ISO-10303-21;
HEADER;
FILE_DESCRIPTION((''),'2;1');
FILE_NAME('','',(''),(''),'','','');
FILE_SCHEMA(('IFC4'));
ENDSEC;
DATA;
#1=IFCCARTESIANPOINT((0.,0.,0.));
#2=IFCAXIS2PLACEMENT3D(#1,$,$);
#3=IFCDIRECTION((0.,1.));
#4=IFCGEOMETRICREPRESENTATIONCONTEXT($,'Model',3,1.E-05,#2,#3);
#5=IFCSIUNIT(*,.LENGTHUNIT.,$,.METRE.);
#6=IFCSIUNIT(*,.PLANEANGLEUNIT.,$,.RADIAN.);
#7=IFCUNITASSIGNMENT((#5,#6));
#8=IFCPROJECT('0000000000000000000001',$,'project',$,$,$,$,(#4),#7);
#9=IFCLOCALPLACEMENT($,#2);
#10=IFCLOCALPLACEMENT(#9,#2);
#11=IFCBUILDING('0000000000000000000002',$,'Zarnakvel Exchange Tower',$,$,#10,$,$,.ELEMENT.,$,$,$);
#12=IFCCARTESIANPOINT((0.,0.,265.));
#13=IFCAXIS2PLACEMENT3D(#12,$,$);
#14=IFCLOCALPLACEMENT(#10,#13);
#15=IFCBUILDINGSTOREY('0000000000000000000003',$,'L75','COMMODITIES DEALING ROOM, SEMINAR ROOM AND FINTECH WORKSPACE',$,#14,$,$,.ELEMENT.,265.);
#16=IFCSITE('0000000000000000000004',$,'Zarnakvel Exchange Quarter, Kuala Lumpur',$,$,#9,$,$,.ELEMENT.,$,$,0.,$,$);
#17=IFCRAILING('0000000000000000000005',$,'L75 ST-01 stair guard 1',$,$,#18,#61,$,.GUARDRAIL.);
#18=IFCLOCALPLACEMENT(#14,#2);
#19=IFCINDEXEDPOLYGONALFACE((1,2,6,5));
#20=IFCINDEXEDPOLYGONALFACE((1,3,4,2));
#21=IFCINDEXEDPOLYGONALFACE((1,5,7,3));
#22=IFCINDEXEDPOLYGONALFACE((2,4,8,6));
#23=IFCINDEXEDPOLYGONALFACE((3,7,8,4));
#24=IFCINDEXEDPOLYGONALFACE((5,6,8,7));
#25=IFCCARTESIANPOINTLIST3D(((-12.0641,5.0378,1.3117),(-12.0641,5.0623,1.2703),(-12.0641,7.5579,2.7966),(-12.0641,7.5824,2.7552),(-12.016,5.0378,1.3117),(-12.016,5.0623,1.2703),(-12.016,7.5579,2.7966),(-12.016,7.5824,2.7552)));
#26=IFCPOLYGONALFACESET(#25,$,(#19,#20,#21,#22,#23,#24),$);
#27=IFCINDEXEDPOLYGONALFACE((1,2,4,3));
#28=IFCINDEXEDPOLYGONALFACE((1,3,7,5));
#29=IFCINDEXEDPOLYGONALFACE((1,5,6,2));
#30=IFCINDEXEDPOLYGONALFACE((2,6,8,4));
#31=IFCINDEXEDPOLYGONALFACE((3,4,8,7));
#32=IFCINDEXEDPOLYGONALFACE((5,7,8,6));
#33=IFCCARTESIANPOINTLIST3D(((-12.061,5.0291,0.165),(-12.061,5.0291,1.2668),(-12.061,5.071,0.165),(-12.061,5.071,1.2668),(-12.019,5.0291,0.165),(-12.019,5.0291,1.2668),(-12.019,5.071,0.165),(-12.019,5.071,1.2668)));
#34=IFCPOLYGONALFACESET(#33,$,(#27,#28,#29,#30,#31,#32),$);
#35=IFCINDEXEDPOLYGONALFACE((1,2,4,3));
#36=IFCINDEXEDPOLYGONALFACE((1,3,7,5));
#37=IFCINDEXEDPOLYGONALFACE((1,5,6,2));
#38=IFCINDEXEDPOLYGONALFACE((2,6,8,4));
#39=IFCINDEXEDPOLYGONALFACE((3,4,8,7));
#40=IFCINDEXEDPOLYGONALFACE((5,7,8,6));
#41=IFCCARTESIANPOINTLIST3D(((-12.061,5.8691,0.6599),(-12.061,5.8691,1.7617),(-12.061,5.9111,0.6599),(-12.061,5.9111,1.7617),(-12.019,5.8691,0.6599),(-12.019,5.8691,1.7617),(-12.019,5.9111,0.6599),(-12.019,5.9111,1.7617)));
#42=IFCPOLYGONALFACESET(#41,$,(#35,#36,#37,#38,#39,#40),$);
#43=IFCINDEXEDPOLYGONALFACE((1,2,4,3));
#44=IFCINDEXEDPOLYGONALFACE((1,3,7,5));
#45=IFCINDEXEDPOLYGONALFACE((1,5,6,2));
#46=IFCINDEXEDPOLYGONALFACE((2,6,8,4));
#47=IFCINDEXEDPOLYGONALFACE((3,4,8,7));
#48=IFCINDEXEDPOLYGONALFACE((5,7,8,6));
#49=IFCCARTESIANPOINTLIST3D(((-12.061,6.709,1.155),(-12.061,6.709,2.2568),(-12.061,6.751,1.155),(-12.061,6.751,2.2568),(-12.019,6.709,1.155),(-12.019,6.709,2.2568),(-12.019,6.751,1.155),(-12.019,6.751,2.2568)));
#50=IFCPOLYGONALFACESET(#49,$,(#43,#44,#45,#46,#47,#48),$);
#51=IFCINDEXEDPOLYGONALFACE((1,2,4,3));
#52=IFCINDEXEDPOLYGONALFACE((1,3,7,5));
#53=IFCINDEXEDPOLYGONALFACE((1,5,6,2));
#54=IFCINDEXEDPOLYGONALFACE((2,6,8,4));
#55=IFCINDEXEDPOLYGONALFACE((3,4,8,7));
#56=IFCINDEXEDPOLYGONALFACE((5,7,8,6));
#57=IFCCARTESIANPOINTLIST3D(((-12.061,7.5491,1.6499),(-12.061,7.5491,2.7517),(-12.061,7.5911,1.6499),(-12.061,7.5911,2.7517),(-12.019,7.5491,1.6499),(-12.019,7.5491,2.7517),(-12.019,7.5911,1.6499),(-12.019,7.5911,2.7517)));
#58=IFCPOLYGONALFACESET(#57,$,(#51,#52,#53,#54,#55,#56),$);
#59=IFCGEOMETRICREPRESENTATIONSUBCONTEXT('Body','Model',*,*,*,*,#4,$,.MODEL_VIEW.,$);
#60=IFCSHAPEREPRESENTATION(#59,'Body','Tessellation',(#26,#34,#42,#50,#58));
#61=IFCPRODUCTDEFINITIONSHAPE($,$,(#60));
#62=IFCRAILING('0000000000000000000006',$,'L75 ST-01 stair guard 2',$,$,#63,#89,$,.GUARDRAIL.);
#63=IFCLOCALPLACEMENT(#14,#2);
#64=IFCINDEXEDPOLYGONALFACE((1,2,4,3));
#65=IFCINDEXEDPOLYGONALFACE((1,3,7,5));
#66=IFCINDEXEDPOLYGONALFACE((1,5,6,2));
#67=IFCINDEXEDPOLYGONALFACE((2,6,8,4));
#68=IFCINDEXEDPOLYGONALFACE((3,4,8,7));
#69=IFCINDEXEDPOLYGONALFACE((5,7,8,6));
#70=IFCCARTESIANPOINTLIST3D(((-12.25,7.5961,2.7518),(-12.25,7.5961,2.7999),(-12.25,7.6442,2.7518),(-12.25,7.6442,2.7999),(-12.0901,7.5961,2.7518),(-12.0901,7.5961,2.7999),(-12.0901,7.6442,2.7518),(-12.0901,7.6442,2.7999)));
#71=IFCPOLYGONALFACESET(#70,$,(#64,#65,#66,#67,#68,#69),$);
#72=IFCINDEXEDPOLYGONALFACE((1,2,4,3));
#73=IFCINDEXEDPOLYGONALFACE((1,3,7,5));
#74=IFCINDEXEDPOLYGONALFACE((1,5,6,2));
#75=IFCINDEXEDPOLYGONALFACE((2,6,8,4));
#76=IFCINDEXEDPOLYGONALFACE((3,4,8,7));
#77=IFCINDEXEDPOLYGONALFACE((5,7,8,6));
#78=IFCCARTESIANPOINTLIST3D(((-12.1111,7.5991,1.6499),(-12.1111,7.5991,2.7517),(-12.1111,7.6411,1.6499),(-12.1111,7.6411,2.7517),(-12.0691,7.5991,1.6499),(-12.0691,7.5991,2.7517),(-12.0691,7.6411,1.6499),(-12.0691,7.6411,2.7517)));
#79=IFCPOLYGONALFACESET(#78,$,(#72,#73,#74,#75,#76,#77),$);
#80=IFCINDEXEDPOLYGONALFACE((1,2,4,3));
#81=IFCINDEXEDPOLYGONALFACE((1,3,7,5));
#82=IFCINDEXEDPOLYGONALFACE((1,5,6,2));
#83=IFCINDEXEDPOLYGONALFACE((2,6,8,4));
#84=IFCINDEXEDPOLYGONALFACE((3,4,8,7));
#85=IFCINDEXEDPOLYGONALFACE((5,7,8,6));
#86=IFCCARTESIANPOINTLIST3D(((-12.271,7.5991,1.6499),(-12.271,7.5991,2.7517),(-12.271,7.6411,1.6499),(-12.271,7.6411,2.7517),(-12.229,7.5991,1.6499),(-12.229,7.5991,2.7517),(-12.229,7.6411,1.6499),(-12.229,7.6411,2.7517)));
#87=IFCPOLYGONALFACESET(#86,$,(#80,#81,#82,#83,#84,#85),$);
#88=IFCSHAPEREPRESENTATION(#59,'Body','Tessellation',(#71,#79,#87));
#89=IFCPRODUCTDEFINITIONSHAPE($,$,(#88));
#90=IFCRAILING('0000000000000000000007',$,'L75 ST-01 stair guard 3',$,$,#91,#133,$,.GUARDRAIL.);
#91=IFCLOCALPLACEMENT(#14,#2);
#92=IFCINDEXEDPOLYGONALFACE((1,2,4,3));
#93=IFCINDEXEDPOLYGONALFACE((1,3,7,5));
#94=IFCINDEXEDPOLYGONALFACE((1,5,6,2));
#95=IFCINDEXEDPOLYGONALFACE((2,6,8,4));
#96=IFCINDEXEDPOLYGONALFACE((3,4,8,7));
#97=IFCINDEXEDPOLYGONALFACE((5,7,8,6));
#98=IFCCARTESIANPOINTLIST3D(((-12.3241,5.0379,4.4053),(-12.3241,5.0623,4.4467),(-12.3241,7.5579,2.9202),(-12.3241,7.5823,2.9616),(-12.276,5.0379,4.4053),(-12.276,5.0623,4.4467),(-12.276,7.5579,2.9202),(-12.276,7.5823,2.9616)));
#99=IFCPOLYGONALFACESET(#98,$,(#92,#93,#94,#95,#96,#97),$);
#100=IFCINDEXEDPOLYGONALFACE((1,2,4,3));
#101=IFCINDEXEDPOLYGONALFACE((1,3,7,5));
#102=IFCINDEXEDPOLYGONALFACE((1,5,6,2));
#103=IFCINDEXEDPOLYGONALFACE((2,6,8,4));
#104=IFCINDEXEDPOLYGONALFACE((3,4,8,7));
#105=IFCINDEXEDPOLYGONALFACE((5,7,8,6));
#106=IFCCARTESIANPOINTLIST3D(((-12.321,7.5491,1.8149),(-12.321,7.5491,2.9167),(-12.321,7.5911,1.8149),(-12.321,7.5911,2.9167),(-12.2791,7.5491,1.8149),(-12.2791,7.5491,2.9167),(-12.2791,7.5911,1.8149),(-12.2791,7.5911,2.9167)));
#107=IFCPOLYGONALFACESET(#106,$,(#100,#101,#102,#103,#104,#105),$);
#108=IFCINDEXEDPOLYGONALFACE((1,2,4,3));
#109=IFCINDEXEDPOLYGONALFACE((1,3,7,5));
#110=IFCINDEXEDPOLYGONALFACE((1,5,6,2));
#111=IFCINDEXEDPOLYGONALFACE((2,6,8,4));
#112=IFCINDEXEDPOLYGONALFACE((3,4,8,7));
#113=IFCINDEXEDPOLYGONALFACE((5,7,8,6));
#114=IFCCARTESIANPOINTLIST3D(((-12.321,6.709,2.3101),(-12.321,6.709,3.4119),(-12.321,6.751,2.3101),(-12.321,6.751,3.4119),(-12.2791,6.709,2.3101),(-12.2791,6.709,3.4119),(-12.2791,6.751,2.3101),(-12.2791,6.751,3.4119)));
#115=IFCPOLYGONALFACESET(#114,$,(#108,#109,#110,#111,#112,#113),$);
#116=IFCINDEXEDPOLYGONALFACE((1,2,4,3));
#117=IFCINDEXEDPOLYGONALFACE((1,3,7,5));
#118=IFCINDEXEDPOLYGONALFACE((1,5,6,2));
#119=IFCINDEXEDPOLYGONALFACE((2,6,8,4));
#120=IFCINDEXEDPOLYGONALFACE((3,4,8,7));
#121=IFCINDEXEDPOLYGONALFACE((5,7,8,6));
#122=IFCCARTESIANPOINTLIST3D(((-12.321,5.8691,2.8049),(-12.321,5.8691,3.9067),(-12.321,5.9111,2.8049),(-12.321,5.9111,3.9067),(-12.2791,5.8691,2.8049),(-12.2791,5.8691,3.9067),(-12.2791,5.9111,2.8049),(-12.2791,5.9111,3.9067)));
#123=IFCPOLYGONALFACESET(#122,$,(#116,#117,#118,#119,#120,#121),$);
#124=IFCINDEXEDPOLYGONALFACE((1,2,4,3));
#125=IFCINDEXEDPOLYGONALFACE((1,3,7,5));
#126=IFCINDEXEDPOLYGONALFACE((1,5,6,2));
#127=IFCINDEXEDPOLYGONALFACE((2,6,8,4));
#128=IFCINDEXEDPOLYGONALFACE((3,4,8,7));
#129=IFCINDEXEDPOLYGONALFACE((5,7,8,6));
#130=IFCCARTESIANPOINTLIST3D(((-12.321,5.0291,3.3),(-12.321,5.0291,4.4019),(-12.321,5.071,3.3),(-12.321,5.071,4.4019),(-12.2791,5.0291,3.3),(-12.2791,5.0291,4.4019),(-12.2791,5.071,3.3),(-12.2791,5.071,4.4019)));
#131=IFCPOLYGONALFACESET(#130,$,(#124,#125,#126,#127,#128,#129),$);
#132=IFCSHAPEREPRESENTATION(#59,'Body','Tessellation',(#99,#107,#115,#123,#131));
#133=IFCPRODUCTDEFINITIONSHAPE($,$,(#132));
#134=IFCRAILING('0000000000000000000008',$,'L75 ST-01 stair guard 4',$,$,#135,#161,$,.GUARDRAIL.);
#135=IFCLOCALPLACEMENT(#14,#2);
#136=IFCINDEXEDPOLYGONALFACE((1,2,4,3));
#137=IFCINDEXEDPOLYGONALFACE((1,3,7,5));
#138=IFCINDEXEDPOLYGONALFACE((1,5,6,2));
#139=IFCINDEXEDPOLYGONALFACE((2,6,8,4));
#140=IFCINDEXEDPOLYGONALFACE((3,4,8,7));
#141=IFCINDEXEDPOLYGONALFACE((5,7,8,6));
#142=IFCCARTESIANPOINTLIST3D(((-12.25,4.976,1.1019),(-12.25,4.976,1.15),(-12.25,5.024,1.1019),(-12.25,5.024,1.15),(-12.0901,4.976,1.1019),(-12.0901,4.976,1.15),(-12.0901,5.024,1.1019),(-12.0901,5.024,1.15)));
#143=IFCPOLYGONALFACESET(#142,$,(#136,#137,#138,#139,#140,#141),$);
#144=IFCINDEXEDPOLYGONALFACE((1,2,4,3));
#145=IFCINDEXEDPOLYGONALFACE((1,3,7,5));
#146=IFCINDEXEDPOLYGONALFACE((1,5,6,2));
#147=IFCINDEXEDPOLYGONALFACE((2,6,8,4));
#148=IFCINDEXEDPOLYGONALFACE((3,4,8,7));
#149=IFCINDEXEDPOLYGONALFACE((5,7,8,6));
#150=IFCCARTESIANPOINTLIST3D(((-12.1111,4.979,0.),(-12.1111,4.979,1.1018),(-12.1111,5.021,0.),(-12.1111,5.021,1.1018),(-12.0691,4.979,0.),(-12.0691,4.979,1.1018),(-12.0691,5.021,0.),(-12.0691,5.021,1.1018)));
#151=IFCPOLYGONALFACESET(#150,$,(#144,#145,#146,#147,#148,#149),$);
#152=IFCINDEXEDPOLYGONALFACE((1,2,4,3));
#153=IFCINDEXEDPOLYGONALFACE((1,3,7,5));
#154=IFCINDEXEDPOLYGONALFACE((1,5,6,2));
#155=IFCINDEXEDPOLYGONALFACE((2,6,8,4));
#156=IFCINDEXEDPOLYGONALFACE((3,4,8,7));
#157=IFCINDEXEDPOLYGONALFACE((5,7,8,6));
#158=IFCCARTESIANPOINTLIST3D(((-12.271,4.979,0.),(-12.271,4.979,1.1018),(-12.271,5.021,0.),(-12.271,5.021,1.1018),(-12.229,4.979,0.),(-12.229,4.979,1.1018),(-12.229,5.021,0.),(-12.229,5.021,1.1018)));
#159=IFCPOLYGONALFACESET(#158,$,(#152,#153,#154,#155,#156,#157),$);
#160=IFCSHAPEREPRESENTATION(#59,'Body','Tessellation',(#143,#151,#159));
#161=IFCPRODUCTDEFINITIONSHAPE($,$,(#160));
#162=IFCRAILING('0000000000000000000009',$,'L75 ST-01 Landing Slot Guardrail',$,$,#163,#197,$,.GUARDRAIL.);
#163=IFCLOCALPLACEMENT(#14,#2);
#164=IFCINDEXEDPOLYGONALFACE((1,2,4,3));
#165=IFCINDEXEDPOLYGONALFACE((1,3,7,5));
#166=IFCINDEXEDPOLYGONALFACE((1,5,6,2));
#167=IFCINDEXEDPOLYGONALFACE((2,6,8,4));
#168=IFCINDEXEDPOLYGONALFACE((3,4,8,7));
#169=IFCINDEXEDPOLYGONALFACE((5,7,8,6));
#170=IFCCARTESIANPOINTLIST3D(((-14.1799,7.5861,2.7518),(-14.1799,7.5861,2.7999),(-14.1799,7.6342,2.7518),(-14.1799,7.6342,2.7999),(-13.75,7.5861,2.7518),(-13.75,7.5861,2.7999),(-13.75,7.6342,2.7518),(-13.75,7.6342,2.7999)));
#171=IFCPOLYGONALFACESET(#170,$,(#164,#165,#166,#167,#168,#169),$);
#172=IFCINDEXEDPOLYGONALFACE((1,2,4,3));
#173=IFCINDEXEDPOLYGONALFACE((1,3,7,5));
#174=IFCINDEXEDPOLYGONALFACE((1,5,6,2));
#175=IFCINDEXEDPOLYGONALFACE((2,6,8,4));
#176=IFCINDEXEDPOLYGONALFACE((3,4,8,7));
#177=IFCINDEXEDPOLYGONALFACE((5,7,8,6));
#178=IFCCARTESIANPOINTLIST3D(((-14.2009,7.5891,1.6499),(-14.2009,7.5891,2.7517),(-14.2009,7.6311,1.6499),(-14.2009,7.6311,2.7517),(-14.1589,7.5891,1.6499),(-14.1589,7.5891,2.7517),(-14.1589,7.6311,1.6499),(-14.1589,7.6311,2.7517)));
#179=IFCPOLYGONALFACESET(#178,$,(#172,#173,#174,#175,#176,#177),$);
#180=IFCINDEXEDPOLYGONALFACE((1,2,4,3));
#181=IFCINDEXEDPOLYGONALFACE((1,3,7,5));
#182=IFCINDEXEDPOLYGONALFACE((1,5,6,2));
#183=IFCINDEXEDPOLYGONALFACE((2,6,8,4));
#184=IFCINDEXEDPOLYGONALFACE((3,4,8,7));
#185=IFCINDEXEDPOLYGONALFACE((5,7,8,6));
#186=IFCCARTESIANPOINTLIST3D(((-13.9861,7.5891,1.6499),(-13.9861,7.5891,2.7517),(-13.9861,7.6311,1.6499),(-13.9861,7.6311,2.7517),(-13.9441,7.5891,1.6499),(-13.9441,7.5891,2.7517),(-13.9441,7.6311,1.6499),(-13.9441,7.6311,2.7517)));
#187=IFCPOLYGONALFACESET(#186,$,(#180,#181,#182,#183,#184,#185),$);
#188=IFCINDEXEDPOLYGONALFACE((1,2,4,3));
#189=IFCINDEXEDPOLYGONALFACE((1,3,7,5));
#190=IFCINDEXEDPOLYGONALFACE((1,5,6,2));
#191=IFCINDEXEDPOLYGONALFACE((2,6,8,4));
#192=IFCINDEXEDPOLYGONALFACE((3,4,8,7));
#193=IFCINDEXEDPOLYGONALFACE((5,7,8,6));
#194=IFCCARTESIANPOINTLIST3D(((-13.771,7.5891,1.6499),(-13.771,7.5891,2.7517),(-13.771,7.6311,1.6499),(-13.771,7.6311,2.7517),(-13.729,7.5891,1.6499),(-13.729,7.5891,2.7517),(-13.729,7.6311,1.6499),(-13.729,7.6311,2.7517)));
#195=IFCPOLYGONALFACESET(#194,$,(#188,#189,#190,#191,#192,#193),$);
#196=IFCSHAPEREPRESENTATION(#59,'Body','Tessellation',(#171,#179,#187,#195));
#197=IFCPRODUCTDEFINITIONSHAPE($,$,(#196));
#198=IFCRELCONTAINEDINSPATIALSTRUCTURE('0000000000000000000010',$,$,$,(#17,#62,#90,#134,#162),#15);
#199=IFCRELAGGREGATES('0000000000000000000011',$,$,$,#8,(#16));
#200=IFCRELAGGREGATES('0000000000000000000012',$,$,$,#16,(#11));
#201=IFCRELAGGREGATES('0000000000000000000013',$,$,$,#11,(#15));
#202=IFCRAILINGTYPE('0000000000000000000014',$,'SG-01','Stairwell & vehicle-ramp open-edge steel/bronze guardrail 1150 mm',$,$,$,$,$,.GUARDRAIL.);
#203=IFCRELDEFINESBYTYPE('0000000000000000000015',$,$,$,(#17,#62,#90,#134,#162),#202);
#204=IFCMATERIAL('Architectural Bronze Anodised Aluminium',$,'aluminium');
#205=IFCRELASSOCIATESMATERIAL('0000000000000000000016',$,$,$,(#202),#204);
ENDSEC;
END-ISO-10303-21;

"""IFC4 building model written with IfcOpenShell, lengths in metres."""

from ifc_helpers import new_model, si_unit, direction, frame, origin, origin_2d, place, context, subcontext, project, spatial, rectangle, extrude, material, type_object, element, save


model = new_model("IFC4")

# Units and contexts
model_context = context("Model", 3, precision=1e-05, world=origin(), true_north=direction((0.0, 1.0)))
body_context = subcontext(model_context, "Body", "Model", "MODEL_VIEW")
ifc_project = project(units=[si_unit("LENGTHUNIT", "METRE"), si_unit("PLANEANGLEUNIT", "RADIAN")], contexts=[model_context])

# Site, building, storey
site_placement = place(None, origin())
site = spatial("IfcSite", under=ifc_project, at=site_placement, Name="Zarnakvel Exchange Quarter, Kuala Lumpur", CompositionType="ELEMENT", RefElevation=0.0)
building_placement = place(site_placement, origin())
building = spatial("IfcBuilding", under=site, at=building_placement, Name="Zarnakvel Exchange Tower", CompositionType="ELEMENT")
storey_placement = place(building_placement, frame((0.0, 0.0, 265.0)))
storey = spatial("IfcBuildingStorey", under=building, at=storey_placement, Name="L75", Description="COMMODITIES DEALING ROOM, SEMINAR ROOM AND FINTECH WORKSPACE", CompositionType="ELEMENT", Elevation=265.0)

# Shared definitions
ifc_material_1 = material(Name="Architectural Bronze Anodised Aluminium", Category="aluminium")

# Railings
railing_type_1 = type_object("IfcRailingType", Name="SG-01", Description="Stairwell & vehicle-ramp open-edge steel/bronze guardrail 1150 mm", PredefinedType="GUARDRAIL", material=ifc_material_1)
railing_1_placement = place(storey_placement, frame((-12.04, 5.05, 0.165)))
element("IfcRailing", 1, at=railing_1_placement, inside=storey, type_object=railing_type_1, Name="L75 ST-01 stair guard 1", PredefinedType="GUARDRAIL", context=body_context, shape_type="SweptSolid", body=[
    extrude(rectangle(XDim=0.0481, YDim=0.0481, at=origin_2d()), frame((0.0, 0.0, 1.126), z_axis=(0.0, 0.861561, 0.507655), x_axis=(-1.0, 0.0, 0.0)), (0.0, 0.0, 1.0), 2.925),
    extrude(rectangle(XDim=0.042, YDim=0.042, at=origin_2d()), origin(), (0.0, 0.0, 1.0), 1.1018),
    extrude(rectangle(XDim=0.042, YDim=0.042, at=origin_2d()), frame((0.0, 0.8401, 0.4949)), (0.0, 0.0, 1.0), 1.1018),
    extrude(rectangle(XDim=0.042, YDim=0.042, at=origin_2d()), frame((0.0, 1.6799, 0.99)), (0.0, 0.0, 1.0), 1.1018),
    extrude(rectangle(XDim=0.042, YDim=0.042, at=origin_2d()), frame((0.0, 2.52, 1.4849)), (0.0, 0.0, 1.0), 1.1018),
])
railing_2_placement = place(storey_placement, frame((-12.0901, 7.6201, 1.6499)))
element("IfcRailing", 2, at=railing_2_placement, inside=storey, type_object=railing_type_1, Name="L75 ST-01 stair guard 2", PredefinedType="GUARDRAIL", context=body_context, shape_type="SweptSolid", body=[
    extrude(rectangle(XDim=0.0481, YDim=0.0481, at=origin_2d()), frame((0.0, 0.0, 1.126), z_axis=(-1.0, 0.0, 0.0), x_axis=(0.0, -1.0, 0.0)), (0.0, 0.0, 1.0), 0.1599),
    extrude(rectangle(XDim=0.042, YDim=0.042, at=origin_2d()), origin(), (0.0, 0.0, 1.0), 1.1018),
    extrude(rectangle(XDim=0.042, YDim=0.042, at=origin_2d()), frame((-0.1599, 0.0, 0.0)), (0.0, 0.0, 1.0), 1.1018),
])
railing_3_placement = place(storey_placement, frame((-12.3, 7.5701, 1.8149)))
element("IfcRailing", 3, at=railing_3_placement, inside=storey, type_object=railing_type_1, Name="L75 ST-01 stair guard 3", PredefinedType="GUARDRAIL", context=body_context, shape_type="SweptSolid", body=[
    extrude(rectangle(XDim=0.0481, YDim=0.0481, at=origin_2d()), frame((0.0, 0.0, 1.126), z_axis=(0.0, -0.861524, 0.507717), x_axis=(1.0, 0.0, 0.0)), (0.0, 0.0, 1.0), 2.925),
    extrude(rectangle(XDim=0.042, YDim=0.042, at=origin_2d()), origin(), (0.0, 0.0, 1.0), 1.1018),
    extrude(rectangle(XDim=0.042, YDim=0.042, at=origin_2d()), frame((0.0, -0.8401, 0.4951)), (0.0, 0.0, 1.0), 1.1018),
    extrude(rectangle(XDim=0.042, YDim=0.042, at=origin_2d()), frame((0.0, -1.6799, 0.99)), (0.0, 0.0, 1.0), 1.1018),
    extrude(rectangle(XDim=0.042, YDim=0.042, at=origin_2d()), frame((0.0, -2.52, 1.4851)), (0.0, 0.0, 1.0), 1.1018),
])
railing_4_placement = place(storey_placement, frame((-12.0901, 5.0, 0.0)))
element("IfcRailing", 4, at=railing_4_placement, inside=storey, type_object=railing_type_1, Name="L75 ST-01 stair guard 4", PredefinedType="GUARDRAIL", context=body_context, shape_type="SweptSolid", body=[
    extrude(rectangle(XDim=0.0481, YDim=0.0481, at=origin_2d()), frame((0.0, 0.0, 1.126), z_axis=(-1.0, 0.0, 0.0), x_axis=(0.0, -1.0, 0.0)), (0.0, 0.0, 1.0), 0.1599),
    extrude(rectangle(XDim=0.042, YDim=0.042, at=origin_2d()), origin(), (0.0, 0.0, 1.0), 1.1018),
    extrude(rectangle(XDim=0.042, YDim=0.042, at=origin_2d()), frame((-0.1599, 0.0, 0.0)), (0.0, 0.0, 1.0), 1.1018),
])
railing_5_placement = place(storey_placement, frame((-14.1799, 7.6101, 1.6499)))
element("IfcRailing", 5, at=railing_5_placement, inside=storey, type_object=railing_type_1, Name="L75 ST-01 Landing Slot Guardrail", PredefinedType="GUARDRAIL", context=body_context, shape_type="SweptSolid", body=[
    extrude(rectangle(XDim=0.0481, YDim=0.0481, at=origin_2d()), frame((0.0, 0.0, 1.126), z_axis=(1.0, 0.0, 0.0), x_axis=(0.0, 1.0, 0.0)), (0.0, 0.0, 1.0), 0.4299),
    extrude(rectangle(XDim=0.042, YDim=0.042, at=origin_2d()), origin(), (0.0, 0.0, 1.0), 1.1018),
    extrude(rectangle(XDim=0.042, YDim=0.042, at=origin_2d()), frame((0.2148, 0.0, 0.0)), (0.0, 0.0, 1.0), 1.1018),
    extrude(rectangle(XDim=0.042, YDim=0.042, at=origin_2d()), frame((0.4299, 0.0, 0.0)), (0.0, 0.0, 1.0), 1.1018),
])

save(model, "model.ifc")
